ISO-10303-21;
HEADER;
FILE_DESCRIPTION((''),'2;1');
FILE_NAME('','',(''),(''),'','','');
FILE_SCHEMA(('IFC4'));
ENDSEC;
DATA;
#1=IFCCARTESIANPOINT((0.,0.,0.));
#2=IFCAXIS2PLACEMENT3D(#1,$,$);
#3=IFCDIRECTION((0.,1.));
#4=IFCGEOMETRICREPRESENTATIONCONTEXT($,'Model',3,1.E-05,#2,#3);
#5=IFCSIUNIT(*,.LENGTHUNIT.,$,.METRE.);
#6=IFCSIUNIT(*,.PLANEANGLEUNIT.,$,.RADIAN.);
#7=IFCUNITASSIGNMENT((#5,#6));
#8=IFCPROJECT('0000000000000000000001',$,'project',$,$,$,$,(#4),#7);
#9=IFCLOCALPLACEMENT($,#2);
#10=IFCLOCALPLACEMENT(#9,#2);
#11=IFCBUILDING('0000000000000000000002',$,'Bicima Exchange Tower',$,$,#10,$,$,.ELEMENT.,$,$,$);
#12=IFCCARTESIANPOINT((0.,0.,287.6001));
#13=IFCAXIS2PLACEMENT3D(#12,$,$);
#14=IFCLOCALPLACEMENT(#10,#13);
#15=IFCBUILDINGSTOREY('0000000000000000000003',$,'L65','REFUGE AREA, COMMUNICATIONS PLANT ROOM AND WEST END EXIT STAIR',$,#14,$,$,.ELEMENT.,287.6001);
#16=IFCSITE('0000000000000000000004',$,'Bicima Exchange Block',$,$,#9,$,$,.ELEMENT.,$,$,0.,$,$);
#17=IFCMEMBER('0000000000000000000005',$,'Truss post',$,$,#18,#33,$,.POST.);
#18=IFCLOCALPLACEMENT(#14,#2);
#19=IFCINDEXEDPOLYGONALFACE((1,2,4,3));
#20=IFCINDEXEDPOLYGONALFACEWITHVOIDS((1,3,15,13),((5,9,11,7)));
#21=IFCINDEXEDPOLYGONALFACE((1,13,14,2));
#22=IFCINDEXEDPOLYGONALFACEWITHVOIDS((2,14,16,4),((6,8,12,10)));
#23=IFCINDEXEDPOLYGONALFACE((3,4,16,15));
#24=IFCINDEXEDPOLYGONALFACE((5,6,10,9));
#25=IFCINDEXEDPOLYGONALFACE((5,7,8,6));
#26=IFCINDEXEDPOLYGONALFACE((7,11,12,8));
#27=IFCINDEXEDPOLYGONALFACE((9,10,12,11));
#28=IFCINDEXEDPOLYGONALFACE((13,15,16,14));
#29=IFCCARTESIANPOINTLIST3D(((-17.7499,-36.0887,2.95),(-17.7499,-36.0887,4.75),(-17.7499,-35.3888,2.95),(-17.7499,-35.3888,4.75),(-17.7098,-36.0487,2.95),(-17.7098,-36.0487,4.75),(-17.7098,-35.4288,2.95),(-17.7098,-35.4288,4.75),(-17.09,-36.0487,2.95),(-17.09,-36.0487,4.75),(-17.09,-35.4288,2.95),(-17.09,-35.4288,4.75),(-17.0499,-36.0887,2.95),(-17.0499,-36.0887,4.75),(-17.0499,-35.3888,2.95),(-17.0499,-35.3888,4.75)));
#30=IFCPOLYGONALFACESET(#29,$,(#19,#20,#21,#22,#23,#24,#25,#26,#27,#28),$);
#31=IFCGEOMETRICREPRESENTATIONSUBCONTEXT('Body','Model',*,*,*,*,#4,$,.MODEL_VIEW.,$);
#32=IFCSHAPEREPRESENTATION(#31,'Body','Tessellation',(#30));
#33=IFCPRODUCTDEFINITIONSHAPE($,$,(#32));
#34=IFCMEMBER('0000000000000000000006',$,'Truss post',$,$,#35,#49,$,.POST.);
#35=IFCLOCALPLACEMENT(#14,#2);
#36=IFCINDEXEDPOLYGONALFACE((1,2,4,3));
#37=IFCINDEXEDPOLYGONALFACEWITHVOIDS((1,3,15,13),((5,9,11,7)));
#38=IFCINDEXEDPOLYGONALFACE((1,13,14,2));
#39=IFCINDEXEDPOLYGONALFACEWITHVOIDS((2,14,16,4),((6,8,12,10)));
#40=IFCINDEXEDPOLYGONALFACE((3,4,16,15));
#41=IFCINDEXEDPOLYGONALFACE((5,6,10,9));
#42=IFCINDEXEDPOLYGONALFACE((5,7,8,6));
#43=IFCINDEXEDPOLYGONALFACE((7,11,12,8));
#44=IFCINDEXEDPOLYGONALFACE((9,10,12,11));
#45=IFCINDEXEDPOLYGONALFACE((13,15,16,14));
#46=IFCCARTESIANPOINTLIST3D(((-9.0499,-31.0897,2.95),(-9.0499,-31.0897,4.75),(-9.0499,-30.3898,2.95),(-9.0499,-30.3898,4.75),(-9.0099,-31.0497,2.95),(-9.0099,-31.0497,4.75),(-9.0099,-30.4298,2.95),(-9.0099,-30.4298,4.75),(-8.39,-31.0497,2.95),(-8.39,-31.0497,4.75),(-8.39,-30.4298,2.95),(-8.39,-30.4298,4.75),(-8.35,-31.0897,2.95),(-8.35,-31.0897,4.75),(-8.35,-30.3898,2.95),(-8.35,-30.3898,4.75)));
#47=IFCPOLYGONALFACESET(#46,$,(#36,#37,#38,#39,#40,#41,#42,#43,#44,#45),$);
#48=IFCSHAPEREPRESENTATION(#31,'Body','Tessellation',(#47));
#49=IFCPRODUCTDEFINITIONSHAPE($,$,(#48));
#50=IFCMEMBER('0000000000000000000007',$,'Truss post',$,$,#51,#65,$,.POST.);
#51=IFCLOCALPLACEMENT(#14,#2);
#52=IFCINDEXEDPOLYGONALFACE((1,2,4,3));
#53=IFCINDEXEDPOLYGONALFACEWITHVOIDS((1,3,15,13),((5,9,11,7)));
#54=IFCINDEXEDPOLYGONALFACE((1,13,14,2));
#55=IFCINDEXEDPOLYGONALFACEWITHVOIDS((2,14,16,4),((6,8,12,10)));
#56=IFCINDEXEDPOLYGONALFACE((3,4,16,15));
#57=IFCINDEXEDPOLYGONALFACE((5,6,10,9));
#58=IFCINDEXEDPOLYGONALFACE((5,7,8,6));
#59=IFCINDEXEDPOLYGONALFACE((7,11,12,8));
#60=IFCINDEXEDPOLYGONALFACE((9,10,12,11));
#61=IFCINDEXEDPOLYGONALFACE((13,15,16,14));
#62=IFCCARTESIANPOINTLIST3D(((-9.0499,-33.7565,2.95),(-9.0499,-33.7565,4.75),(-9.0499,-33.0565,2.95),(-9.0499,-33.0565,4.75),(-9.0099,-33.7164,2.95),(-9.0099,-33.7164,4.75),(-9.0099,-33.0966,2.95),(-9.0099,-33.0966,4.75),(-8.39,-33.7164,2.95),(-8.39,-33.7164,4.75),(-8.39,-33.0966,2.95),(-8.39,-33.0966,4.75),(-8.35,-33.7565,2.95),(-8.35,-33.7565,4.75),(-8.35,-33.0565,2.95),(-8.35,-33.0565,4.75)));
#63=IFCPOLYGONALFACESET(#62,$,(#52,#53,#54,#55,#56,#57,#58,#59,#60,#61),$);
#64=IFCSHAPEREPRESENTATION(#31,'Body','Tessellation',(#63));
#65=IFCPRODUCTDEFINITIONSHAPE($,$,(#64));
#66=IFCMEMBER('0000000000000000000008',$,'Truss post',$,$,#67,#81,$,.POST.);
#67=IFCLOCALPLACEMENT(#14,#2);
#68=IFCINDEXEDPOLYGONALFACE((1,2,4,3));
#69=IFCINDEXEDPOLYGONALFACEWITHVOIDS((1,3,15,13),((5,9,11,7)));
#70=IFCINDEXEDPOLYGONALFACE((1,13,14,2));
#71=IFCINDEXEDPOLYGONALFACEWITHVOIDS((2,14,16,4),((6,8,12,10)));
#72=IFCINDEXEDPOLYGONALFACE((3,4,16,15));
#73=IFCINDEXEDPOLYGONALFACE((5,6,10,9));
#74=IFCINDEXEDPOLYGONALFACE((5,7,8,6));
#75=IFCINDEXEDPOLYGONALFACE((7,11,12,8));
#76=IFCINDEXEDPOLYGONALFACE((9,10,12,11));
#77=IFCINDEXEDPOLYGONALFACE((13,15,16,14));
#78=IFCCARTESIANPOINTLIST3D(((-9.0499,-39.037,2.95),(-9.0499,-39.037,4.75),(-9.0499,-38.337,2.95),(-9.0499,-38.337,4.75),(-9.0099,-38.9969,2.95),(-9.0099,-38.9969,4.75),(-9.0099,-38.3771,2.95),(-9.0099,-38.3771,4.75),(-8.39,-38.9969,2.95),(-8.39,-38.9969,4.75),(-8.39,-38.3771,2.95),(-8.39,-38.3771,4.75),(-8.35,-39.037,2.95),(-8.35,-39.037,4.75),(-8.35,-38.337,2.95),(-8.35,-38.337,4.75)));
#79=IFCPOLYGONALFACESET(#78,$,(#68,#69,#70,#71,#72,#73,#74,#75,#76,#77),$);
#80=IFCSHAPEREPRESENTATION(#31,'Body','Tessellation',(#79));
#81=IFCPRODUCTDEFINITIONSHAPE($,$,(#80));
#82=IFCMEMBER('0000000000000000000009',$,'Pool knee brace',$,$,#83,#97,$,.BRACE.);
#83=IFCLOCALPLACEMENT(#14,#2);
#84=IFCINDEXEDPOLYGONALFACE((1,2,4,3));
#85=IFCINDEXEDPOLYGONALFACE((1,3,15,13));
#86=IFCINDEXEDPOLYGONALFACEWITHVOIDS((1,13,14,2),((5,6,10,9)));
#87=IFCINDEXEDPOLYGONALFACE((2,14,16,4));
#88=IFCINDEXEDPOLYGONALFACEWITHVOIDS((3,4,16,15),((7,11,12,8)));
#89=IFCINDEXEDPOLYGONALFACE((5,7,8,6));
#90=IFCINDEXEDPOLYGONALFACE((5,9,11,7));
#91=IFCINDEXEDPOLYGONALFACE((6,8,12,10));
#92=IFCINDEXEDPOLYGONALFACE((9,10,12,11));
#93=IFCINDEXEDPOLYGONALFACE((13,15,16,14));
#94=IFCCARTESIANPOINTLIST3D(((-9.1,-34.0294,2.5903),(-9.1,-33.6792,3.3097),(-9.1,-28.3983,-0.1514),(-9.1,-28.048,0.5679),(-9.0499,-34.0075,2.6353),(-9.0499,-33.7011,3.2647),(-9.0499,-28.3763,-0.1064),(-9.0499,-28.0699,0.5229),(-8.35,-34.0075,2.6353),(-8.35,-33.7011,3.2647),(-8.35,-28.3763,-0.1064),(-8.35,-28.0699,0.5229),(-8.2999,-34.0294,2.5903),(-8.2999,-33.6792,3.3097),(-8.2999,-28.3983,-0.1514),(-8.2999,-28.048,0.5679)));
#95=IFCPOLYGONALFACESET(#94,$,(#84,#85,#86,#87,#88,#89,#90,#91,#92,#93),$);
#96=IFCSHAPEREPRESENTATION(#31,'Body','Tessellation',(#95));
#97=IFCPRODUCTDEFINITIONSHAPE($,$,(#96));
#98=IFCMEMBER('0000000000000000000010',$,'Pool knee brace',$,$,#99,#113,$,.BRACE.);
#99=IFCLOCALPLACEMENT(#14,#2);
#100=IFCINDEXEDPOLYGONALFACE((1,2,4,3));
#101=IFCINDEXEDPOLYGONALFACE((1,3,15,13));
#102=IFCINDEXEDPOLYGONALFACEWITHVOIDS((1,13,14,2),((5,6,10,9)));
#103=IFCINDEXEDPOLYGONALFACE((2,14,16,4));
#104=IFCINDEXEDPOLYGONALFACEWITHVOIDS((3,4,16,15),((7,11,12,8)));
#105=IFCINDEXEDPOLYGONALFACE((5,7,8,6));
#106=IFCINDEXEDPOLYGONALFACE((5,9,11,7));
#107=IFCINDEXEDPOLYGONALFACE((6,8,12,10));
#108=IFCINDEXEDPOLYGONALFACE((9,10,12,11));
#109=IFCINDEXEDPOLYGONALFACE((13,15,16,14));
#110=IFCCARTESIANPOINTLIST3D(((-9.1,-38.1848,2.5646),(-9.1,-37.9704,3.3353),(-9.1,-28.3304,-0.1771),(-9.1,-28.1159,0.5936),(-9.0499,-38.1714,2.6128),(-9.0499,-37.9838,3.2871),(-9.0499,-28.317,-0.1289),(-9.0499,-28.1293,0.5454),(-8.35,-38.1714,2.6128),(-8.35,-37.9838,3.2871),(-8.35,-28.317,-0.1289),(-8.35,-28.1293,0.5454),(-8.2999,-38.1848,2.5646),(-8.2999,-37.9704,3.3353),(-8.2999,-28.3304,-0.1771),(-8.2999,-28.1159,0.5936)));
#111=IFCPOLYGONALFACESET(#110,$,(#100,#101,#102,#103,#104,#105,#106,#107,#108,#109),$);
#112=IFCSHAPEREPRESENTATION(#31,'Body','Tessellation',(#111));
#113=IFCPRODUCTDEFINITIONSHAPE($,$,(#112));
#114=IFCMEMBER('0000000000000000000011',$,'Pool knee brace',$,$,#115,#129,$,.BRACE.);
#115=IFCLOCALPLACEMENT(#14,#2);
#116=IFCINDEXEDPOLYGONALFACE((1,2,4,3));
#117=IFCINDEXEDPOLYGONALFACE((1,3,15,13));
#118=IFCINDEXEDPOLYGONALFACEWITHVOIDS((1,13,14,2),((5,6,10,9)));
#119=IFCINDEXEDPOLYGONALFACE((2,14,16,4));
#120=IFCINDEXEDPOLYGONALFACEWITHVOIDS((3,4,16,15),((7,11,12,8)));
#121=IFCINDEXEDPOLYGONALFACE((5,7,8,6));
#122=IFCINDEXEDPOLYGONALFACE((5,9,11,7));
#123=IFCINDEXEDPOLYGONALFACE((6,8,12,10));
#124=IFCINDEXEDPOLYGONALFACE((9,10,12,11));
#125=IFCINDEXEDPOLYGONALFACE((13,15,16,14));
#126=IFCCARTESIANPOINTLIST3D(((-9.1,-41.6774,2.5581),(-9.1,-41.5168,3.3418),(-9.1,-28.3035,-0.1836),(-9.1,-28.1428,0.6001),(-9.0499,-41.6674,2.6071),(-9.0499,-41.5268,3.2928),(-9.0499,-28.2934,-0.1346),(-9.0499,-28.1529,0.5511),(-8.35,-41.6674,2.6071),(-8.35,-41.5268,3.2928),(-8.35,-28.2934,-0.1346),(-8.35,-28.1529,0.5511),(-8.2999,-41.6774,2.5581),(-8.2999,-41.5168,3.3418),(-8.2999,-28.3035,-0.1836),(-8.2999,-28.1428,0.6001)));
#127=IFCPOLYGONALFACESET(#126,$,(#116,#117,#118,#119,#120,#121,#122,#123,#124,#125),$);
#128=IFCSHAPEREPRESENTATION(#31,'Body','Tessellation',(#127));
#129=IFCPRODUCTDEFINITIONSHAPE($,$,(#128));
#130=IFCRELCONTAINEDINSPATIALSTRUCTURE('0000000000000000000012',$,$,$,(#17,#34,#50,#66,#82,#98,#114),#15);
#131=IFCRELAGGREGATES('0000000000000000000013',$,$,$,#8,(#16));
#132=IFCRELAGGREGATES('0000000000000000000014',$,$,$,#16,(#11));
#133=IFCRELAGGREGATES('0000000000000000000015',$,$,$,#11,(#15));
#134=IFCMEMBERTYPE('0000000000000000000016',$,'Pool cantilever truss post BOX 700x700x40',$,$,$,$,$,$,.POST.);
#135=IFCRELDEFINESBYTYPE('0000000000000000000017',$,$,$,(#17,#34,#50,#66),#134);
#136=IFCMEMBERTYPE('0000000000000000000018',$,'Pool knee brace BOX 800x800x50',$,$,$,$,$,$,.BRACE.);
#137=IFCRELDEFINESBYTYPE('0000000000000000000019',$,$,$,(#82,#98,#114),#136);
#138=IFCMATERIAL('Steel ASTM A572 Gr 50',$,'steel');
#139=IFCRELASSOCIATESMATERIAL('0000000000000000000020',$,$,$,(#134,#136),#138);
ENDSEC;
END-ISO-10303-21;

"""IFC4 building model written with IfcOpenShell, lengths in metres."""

from ifc_helpers import new_model, si_unit, direction, frame, origin, origin_2d, place, context, subcontext, project, spatial, hollow_rectangle, extrude, material, material_profile, profile_set, type_object, element, save


model = new_model("IFC4")

# Units and contexts
model_context = context("Model", 3, precision=1e-05, world=origin(), true_north=direction((0.0, 1.0)))
body_context = subcontext(model_context, "Body", "Model", "MODEL_VIEW")
ifc_project = project(units=[si_unit("LENGTHUNIT", "METRE"), si_unit("PLANEANGLEUNIT", "RADIAN")], contexts=[model_context])

# Site, building, storey
site_placement = place(None, origin())
site = spatial("IfcSite", under=ifc_project, at=site_placement, Name="Bicima Exchange Block", CompositionType="ELEMENT", RefElevation=0.0)
building_placement = place(site_placement, origin())
building = spatial("IfcBuilding", under=site, at=building_placement, Name="Bicima Exchange Tower", CompositionType="ELEMENT")
storey_placement = place(building_placement, frame((0.0, 0.0, 287.6001)))
storey = spatial("IfcBuildingStorey", under=building, at=storey_placement, Name="L65", Description="REFUGE AREA, COMMUNICATIONS PLANT ROOM AND WEST END EXIT STAIR", CompositionType="ELEMENT", Elevation=287.6001)

# Shared definitions
ifc_material_1 = material(Name="Steel ASTM A572 Gr 50", Category="steel")

# Members
ifc_material_profile_1 = material_profile(ifc_material_1, hollow_rectangle(XDim=0.7, YDim=0.7, WallThickness=0.04, at=origin_2d()))
ifc_profile_set_1 = profile_set([ifc_material_profile_1], Name="Steel ASTM A572 Gr 50")
member_type_1 = type_object("IfcMemberType", Name="Pool cantilever truss post BOX 700x700x40", PredefinedType="POST", material=ifc_profile_set_1)
for number, where, z_axis, x_axis, name in (
    (1, (-17.3999, -35.7388, 2.95), (0.0, 0.0, 1.0), (1.0, 0.0, 0.0), "Truss post"),
    (2, (-8.7, -30.7397, 2.95), (0.0, 0.0, 1.0), (1.0, 0.0, 0.0), "Truss post"),
    (3, (-8.7, -33.4065, 2.95), (0.0, 0.0, 1.0), (1.0, 0.0, 0.0), "Truss post"),
    (4, (-8.7, -38.687, 2.95), (0.0, 0.0, 1.0), (1.0, 0.0, 0.0), "Truss post"),
):
    element("IfcMember", number, at=place(storey_placement, frame(where, z_axis=z_axis, x_axis=x_axis)), inside=storey, type_object=member_type_1, Name=name, PredefinedType="POST", context=body_context, shape_type="SweptSolid", body=[
        extrude(hollow_rectangle(XDim=0.7, YDim=0.7, WallThickness=0.04, at=origin_2d()), origin(), (0.0, 0.0, 1.0), 1.8),
    ])
ifc_material_profile_2 = material_profile(ifc_material_1, hollow_rectangle(XDim=0.8, YDim=0.8, WallThickness=0.05, at=origin_2d()))
ifc_profile_set_2 = profile_set([ifc_material_profile_2], Name="Steel ASTM A572 Gr 50")
member_type_2 = type_object("IfcMemberType", Name="Pool knee brace BOX 800x800x50", PredefinedType="BRACE", material=ifc_profile_set_2)
member_1_placement = place(storey_placement, frame((-8.7, -28.2231, 0.2083), z_axis=(0.0, -0.899094, 0.437755), x_axis=(1.0, 0.0, 0.0)))
element("IfcMember", 5, at=member_1_placement, inside=storey, type_object=member_type_2, Name="Pool knee brace", PredefinedType="BRACE", context=body_context, shape_type="SweptSolid", body=[
    extrude(hollow_rectangle(XDim=0.8, YDim=0.8, WallThickness=0.05, at=origin_2d()), origin(), (0.0, 0.0, 1.0), 6.2632),
])
member_2_placement = place(storey_placement, frame((-8.7, -28.2231, 0.2083), z_axis=(0.0, -0.963408, 0.268038), x_axis=(1.0, 0.0, 0.0)))
element("IfcMember", 6, at=member_2_placement, inside=storey, type_object=member_type_2, Name="Pool knee brace", PredefinedType="BRACE", context=body_context, shape_type="SweptSolid", body=[
    extrude(hollow_rectangle(XDim=0.8, YDim=0.8, WallThickness=0.05, at=origin_2d()), origin(), (0.0, 0.0, 1.0), 10.2288),
])
member_3_placement = place(storey_placement, frame((-8.7, -28.2231, 0.2083), z_axis=(0.0, -0.979627, 0.200825), x_axis=(1.0, 0.0, 0.0)))
element("IfcMember", 7, at=member_3_placement, inside=storey, type_object=member_type_2, Name="Pool knee brace", PredefinedType="BRACE", context=body_context, shape_type="SweptSolid", body=[
    extrude(hollow_rectangle(XDim=0.8, YDim=0.8, WallThickness=0.05, at=origin_2d()), origin(), (0.0, 0.0, 1.0), 13.6521),
])

save(model, "model.ifc")
